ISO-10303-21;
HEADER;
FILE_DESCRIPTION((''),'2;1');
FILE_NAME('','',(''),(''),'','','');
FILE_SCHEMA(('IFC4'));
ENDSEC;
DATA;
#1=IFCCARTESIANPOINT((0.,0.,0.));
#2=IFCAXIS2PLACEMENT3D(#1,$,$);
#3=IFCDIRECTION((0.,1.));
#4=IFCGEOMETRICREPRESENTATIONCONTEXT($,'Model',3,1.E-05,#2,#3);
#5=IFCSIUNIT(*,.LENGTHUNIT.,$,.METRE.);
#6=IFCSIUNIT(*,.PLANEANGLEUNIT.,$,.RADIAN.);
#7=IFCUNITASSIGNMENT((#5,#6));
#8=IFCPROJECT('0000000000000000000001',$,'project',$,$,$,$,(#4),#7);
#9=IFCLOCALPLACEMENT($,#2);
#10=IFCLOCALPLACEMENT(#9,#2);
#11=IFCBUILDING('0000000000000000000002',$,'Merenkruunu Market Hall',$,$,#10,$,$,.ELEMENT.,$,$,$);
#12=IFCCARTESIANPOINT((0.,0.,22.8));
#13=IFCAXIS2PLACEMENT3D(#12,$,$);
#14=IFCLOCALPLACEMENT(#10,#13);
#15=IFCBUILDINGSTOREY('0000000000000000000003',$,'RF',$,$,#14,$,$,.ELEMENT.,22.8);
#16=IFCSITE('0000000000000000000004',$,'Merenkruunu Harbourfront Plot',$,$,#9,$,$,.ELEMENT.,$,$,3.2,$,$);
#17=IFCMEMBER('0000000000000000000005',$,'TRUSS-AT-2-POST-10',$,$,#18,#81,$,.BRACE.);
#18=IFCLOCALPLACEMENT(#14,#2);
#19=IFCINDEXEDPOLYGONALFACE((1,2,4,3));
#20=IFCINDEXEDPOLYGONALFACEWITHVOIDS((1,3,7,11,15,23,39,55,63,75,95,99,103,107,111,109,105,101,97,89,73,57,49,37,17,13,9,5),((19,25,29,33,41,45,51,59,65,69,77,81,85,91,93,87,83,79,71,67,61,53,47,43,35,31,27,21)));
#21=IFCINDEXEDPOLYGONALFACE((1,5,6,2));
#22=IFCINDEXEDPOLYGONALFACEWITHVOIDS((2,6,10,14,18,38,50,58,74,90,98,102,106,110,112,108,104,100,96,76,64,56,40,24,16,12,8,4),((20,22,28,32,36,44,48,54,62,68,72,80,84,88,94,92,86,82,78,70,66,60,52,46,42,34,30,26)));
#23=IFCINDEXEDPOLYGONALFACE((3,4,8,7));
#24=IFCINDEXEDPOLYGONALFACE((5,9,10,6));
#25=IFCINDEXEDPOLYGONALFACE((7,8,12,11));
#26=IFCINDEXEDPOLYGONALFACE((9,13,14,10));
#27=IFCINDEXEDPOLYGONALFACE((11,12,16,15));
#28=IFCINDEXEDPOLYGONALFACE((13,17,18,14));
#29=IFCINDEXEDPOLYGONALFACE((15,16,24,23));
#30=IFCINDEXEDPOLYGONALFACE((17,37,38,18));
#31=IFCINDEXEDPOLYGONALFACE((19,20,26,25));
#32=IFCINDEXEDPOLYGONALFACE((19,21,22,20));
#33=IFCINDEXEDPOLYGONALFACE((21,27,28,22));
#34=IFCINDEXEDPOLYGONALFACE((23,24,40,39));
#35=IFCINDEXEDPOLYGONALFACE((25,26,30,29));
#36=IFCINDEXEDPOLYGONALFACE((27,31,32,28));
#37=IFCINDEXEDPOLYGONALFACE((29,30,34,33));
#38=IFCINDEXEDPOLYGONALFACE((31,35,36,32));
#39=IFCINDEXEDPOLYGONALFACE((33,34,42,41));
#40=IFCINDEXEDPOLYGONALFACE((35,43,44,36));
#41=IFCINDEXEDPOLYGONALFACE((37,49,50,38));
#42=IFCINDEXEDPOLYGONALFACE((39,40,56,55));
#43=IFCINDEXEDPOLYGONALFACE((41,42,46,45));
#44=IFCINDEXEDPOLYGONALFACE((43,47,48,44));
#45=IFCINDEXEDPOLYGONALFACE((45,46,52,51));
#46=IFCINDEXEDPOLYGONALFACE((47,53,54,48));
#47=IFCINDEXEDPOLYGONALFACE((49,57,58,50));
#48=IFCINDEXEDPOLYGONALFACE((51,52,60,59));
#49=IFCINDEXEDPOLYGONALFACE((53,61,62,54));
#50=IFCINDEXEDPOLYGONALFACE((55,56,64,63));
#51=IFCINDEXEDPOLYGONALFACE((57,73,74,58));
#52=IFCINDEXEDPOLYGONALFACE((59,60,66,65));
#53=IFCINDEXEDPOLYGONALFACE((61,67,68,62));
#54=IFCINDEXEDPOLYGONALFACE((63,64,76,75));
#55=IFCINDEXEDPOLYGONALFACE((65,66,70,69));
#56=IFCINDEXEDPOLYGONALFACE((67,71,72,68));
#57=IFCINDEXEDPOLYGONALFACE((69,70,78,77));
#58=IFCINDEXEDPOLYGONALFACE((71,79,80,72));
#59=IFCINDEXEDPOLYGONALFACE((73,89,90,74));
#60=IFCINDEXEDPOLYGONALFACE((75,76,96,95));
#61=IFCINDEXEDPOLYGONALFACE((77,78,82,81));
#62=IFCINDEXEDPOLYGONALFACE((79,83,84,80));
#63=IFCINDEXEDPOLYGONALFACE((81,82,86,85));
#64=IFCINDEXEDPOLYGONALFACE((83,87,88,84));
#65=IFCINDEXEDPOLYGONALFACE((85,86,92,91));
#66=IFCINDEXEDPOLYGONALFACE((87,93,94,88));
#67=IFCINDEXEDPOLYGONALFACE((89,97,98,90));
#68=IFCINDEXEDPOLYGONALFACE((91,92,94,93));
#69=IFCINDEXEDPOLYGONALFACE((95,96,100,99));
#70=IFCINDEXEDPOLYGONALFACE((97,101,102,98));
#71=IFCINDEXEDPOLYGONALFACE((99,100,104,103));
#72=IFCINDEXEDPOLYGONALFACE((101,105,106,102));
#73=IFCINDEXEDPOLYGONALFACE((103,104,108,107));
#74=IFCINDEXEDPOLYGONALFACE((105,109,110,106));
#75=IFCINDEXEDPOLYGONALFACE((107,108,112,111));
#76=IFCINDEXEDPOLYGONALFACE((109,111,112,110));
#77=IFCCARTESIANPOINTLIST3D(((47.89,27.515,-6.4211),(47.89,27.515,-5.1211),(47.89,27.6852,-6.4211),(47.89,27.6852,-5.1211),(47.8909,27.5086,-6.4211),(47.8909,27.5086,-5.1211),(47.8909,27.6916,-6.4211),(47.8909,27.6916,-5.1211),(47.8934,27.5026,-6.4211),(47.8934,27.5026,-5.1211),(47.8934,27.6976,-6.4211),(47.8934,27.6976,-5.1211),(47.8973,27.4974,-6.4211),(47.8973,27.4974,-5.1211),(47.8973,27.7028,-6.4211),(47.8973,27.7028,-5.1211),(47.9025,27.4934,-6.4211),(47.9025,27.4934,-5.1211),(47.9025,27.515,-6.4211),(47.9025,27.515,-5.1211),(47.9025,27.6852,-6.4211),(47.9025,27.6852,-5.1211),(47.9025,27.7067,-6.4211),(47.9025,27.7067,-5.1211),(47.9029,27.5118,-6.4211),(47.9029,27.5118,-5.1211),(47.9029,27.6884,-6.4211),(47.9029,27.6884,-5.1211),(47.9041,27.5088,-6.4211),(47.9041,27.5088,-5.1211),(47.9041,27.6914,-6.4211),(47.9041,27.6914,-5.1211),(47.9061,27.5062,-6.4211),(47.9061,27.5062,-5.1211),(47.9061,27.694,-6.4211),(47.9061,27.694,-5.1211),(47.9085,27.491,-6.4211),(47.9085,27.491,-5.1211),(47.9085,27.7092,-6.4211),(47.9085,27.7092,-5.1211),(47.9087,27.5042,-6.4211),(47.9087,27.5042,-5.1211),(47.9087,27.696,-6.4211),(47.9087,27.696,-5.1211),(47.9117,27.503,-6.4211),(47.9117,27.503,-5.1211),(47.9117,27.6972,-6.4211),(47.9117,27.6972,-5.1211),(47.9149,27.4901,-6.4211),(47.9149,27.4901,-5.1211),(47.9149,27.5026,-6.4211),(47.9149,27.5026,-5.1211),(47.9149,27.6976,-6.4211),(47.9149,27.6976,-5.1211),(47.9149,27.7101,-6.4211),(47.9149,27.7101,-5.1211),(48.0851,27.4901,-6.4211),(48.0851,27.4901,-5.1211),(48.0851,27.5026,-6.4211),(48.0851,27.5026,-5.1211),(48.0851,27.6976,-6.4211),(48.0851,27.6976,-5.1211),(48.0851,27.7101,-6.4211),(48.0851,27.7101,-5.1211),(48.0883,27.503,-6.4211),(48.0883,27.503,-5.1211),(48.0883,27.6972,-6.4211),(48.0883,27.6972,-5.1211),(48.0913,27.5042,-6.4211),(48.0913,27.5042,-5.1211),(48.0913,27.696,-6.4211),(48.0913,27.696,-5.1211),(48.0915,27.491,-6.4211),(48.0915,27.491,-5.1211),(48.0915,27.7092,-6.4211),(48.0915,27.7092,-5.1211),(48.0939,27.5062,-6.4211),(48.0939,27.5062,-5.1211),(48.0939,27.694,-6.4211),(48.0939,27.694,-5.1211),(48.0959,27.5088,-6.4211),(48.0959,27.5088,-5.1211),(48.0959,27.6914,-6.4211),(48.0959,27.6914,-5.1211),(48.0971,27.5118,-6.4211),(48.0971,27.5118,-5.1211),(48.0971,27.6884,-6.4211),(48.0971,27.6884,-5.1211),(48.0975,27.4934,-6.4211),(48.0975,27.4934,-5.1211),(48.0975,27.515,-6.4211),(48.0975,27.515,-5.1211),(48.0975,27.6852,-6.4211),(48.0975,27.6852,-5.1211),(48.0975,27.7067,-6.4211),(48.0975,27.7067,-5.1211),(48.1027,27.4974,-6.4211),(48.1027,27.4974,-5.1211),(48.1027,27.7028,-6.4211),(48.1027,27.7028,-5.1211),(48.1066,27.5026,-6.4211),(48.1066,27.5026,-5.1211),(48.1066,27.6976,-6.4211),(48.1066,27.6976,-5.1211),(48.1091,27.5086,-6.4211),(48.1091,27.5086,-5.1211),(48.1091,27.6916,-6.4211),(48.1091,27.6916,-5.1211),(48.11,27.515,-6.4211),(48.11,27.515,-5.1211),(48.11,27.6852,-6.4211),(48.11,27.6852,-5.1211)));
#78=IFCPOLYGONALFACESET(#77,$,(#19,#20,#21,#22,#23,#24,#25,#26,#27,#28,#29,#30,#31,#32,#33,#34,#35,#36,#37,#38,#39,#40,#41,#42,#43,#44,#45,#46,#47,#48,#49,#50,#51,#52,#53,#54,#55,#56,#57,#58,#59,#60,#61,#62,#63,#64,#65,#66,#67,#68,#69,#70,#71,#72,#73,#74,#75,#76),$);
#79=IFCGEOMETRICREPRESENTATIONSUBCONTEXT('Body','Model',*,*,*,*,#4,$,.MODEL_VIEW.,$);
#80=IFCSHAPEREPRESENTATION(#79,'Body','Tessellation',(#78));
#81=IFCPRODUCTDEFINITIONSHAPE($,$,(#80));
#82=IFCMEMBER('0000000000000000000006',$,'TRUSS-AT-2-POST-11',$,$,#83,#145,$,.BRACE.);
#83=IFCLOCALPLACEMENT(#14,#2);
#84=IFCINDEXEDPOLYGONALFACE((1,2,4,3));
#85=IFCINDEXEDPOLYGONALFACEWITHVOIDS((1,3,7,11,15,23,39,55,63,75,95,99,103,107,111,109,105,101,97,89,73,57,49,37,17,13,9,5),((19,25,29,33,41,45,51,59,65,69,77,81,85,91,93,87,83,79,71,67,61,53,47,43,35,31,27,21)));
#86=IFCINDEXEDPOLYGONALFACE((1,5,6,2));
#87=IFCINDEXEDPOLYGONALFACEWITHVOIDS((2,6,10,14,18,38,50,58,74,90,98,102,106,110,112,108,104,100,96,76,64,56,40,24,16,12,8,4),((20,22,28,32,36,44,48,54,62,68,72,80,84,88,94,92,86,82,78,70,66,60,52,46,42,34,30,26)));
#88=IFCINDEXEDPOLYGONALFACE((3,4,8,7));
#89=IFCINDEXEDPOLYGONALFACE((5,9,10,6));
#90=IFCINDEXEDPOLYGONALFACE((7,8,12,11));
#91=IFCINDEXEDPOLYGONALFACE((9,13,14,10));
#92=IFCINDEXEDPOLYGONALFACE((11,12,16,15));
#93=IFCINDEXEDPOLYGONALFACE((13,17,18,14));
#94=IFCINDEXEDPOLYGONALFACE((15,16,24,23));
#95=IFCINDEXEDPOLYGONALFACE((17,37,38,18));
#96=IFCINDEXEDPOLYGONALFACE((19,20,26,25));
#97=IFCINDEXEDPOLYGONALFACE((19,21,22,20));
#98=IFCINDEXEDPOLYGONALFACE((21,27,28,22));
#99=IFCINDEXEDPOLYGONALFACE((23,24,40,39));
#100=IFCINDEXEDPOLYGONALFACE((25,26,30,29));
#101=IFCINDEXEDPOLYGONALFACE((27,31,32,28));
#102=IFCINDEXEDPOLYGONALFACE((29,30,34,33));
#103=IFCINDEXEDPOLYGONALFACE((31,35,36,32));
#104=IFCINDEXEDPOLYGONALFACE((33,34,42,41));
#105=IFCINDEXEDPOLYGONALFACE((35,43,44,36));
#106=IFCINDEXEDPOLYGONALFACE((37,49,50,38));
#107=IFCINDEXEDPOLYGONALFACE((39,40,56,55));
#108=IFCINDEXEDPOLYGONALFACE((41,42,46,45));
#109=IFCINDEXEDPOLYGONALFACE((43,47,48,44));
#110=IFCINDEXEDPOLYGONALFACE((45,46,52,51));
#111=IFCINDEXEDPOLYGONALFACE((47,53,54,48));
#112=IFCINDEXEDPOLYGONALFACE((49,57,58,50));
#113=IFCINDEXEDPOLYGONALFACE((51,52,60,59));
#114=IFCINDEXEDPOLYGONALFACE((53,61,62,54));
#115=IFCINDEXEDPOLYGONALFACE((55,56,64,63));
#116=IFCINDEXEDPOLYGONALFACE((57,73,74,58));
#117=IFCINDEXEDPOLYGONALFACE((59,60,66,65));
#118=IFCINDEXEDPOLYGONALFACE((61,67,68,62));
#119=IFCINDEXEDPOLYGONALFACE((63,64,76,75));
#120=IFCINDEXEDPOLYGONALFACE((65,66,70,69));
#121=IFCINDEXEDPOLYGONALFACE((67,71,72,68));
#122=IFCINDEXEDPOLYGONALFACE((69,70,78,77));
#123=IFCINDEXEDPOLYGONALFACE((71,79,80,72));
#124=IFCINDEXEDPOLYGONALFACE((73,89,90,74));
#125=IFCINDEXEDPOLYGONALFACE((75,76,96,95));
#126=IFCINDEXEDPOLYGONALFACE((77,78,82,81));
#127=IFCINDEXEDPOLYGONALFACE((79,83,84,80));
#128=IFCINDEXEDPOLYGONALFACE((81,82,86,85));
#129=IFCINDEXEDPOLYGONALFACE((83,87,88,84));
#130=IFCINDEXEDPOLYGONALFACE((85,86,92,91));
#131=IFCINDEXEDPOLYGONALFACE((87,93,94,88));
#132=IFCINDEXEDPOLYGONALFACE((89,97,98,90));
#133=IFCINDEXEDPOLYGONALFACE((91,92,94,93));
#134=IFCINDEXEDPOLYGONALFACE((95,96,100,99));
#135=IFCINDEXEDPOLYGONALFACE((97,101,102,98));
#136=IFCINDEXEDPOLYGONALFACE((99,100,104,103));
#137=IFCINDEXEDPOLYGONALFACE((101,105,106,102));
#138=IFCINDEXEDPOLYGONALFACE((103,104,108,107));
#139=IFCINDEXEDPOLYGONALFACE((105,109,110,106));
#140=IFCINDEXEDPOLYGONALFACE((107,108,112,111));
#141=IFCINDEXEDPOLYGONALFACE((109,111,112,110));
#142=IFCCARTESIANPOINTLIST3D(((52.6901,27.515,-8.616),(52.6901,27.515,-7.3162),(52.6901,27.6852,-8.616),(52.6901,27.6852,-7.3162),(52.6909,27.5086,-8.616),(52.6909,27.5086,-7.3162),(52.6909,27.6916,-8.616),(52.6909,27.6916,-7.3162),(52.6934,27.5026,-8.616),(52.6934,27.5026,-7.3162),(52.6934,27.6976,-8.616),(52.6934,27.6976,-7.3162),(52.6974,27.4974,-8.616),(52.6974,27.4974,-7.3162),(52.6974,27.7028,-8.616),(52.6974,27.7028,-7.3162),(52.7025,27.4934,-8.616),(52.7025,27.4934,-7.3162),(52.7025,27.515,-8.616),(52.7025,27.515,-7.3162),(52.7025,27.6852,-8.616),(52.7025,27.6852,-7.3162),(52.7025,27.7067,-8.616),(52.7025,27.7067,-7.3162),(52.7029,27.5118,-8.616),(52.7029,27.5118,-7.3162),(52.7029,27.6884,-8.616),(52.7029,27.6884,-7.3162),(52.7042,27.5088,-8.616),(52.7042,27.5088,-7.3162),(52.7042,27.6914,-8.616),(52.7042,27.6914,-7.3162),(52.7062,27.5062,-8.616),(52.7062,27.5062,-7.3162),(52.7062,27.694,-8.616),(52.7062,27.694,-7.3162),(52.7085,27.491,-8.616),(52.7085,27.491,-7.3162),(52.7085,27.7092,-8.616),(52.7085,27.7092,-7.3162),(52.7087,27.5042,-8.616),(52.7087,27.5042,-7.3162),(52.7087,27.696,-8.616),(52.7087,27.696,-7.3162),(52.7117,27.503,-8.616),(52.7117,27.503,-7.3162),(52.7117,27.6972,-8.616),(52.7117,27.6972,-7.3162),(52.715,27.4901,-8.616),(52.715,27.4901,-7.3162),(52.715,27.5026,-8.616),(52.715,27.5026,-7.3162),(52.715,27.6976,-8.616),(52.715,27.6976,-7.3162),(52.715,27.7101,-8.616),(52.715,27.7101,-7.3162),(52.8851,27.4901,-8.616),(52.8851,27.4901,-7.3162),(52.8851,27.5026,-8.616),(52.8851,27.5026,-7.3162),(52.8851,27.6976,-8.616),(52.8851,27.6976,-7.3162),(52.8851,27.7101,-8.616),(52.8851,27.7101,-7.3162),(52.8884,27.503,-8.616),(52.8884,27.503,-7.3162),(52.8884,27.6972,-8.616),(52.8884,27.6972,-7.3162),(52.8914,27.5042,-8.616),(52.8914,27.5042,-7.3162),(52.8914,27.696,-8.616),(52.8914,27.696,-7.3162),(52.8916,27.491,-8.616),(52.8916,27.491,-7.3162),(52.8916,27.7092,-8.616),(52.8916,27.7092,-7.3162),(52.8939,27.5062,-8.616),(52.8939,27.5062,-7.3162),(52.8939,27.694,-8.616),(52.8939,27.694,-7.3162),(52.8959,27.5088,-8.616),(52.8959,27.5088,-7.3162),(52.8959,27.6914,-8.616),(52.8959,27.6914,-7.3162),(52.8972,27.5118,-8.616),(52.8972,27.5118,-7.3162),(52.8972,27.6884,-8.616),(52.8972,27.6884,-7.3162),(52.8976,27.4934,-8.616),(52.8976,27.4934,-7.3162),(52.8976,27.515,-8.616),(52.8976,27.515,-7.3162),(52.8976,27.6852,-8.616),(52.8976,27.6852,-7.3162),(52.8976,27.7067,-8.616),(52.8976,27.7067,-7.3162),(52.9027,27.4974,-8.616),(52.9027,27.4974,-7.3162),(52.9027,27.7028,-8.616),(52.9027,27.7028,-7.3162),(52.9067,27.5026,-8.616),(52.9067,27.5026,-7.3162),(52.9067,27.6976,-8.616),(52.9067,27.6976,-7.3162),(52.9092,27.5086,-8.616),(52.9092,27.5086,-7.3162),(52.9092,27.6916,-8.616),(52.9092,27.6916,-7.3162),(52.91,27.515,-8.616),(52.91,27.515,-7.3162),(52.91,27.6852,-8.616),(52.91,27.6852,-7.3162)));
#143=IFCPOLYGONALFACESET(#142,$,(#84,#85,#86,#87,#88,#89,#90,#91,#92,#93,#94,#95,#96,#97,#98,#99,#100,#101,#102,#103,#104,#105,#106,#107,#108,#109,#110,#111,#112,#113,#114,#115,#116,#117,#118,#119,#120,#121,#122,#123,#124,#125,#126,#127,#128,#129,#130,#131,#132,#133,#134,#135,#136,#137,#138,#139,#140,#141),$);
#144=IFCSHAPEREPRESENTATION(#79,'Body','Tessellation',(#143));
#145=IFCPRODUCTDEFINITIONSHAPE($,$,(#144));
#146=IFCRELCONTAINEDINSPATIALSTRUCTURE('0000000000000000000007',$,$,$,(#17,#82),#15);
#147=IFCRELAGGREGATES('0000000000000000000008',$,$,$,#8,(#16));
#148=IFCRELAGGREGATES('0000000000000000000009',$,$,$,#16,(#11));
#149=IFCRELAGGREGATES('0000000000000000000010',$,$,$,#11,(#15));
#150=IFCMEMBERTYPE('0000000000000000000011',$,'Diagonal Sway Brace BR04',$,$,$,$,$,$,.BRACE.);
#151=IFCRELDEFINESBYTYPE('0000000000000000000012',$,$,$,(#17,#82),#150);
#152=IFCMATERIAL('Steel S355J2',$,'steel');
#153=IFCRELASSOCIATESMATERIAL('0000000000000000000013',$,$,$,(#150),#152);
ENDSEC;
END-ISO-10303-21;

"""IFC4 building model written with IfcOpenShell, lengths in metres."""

from ifc_helpers import new_model, si_unit, direction, frame, origin, origin_2d, place, context, subcontext, project, spatial, hollow_rectangle, extrude, material, material_profile, profile_set, type_object, element, save


model = new_model("IFC4")

# Units and contexts
model_context = context("Model", 3, precision=1e-05, world=origin(), true_north=direction((0.0, 1.0)))
body_context = subcontext(model_context, "Body", "Model", "MODEL_VIEW")
ifc_project = project(units=[si_unit("LENGTHUNIT", "METRE"), si_unit("PLANEANGLEUNIT", "RADIAN")], contexts=[model_context])

# Site, building, storey
site_placement = place(None, origin())
site = spatial("IfcSite", under=ifc_project, at=site_placement, Name="Merenkruunu Harbourfront Plot", CompositionType="ELEMENT", RefElevation=3.2)
building_placement = place(site_placement, origin())
building = spatial("IfcBuilding", under=site, at=building_placement, Name="Merenkruunu Market Hall", CompositionType="ELEMENT")
storey_placement = place(building_placement, frame((0.0, 0.0, 22.8)))
storey = spatial("IfcBuildingStorey", under=building, at=storey_placement, Name="RF", CompositionType="ELEMENT", Elevation=22.8)

# Members
ifc_material_1 = material(Name="Steel S355J2", Category="steel")
ifc_material_profile_1 = material_profile(ifc_material_1, hollow_rectangle(XDim=0.22, YDim=0.22, WallThickness=0.0125, InnerFilletRadius=0.0125, OuterFilletRadius=0.0249, at=origin_2d()), Name="SHS 220x220x12.5")
ifc_profile_set_1 = profile_set([ifc_material_profile_1], Name="Steel S355J2")
member_type_1 = type_object("IfcMemberType", Name="Diagonal Sway Brace BR04", PredefinedType="BRACE", material=ifc_profile_set_1)
member_1_placement = place(storey_placement, frame((48.0, 27.6001, -6.4211), z_axis=(0.0, 0.0, 1.0), x_axis=(1.0, 0.0, 0.0)))
element("IfcMember", 1, at=member_1_placement, inside=storey, type_object=member_type_1, Name="TRUSS-AT-2-POST-10", PredefinedType="BRACE", context=body_context, shape_type="SweptSolid", body=[
    extrude(hollow_rectangle(XDim=0.22, YDim=0.22, WallThickness=0.0125, InnerFilletRadius=0.0125, OuterFilletRadius=0.0249, at=origin_2d()), origin(), (0.0, 0.0, 1.0), 1.3),
])
member_2_placement = place(storey_placement, frame((52.8, 27.6001, -8.616), z_axis=(0.0, 0.0, 1.0), x_axis=(1.0, 0.0, 0.0)))
element("IfcMember", 2, at=member_2_placement, inside=storey, type_object=member_type_1, Name="TRUSS-AT-2-POST-11", PredefinedType="BRACE", context=body_context, shape_type="SweptSolid", body=[
    extrude(hollow_rectangle(XDim=0.22, YDim=0.22, WallThickness=0.0125, InnerFilletRadius=0.0125, OuterFilletRadius=0.0249, at=origin_2d()), origin(), (0.0, 0.0, 1.0), 1.2998),
])

save(model, "model.ifc")
